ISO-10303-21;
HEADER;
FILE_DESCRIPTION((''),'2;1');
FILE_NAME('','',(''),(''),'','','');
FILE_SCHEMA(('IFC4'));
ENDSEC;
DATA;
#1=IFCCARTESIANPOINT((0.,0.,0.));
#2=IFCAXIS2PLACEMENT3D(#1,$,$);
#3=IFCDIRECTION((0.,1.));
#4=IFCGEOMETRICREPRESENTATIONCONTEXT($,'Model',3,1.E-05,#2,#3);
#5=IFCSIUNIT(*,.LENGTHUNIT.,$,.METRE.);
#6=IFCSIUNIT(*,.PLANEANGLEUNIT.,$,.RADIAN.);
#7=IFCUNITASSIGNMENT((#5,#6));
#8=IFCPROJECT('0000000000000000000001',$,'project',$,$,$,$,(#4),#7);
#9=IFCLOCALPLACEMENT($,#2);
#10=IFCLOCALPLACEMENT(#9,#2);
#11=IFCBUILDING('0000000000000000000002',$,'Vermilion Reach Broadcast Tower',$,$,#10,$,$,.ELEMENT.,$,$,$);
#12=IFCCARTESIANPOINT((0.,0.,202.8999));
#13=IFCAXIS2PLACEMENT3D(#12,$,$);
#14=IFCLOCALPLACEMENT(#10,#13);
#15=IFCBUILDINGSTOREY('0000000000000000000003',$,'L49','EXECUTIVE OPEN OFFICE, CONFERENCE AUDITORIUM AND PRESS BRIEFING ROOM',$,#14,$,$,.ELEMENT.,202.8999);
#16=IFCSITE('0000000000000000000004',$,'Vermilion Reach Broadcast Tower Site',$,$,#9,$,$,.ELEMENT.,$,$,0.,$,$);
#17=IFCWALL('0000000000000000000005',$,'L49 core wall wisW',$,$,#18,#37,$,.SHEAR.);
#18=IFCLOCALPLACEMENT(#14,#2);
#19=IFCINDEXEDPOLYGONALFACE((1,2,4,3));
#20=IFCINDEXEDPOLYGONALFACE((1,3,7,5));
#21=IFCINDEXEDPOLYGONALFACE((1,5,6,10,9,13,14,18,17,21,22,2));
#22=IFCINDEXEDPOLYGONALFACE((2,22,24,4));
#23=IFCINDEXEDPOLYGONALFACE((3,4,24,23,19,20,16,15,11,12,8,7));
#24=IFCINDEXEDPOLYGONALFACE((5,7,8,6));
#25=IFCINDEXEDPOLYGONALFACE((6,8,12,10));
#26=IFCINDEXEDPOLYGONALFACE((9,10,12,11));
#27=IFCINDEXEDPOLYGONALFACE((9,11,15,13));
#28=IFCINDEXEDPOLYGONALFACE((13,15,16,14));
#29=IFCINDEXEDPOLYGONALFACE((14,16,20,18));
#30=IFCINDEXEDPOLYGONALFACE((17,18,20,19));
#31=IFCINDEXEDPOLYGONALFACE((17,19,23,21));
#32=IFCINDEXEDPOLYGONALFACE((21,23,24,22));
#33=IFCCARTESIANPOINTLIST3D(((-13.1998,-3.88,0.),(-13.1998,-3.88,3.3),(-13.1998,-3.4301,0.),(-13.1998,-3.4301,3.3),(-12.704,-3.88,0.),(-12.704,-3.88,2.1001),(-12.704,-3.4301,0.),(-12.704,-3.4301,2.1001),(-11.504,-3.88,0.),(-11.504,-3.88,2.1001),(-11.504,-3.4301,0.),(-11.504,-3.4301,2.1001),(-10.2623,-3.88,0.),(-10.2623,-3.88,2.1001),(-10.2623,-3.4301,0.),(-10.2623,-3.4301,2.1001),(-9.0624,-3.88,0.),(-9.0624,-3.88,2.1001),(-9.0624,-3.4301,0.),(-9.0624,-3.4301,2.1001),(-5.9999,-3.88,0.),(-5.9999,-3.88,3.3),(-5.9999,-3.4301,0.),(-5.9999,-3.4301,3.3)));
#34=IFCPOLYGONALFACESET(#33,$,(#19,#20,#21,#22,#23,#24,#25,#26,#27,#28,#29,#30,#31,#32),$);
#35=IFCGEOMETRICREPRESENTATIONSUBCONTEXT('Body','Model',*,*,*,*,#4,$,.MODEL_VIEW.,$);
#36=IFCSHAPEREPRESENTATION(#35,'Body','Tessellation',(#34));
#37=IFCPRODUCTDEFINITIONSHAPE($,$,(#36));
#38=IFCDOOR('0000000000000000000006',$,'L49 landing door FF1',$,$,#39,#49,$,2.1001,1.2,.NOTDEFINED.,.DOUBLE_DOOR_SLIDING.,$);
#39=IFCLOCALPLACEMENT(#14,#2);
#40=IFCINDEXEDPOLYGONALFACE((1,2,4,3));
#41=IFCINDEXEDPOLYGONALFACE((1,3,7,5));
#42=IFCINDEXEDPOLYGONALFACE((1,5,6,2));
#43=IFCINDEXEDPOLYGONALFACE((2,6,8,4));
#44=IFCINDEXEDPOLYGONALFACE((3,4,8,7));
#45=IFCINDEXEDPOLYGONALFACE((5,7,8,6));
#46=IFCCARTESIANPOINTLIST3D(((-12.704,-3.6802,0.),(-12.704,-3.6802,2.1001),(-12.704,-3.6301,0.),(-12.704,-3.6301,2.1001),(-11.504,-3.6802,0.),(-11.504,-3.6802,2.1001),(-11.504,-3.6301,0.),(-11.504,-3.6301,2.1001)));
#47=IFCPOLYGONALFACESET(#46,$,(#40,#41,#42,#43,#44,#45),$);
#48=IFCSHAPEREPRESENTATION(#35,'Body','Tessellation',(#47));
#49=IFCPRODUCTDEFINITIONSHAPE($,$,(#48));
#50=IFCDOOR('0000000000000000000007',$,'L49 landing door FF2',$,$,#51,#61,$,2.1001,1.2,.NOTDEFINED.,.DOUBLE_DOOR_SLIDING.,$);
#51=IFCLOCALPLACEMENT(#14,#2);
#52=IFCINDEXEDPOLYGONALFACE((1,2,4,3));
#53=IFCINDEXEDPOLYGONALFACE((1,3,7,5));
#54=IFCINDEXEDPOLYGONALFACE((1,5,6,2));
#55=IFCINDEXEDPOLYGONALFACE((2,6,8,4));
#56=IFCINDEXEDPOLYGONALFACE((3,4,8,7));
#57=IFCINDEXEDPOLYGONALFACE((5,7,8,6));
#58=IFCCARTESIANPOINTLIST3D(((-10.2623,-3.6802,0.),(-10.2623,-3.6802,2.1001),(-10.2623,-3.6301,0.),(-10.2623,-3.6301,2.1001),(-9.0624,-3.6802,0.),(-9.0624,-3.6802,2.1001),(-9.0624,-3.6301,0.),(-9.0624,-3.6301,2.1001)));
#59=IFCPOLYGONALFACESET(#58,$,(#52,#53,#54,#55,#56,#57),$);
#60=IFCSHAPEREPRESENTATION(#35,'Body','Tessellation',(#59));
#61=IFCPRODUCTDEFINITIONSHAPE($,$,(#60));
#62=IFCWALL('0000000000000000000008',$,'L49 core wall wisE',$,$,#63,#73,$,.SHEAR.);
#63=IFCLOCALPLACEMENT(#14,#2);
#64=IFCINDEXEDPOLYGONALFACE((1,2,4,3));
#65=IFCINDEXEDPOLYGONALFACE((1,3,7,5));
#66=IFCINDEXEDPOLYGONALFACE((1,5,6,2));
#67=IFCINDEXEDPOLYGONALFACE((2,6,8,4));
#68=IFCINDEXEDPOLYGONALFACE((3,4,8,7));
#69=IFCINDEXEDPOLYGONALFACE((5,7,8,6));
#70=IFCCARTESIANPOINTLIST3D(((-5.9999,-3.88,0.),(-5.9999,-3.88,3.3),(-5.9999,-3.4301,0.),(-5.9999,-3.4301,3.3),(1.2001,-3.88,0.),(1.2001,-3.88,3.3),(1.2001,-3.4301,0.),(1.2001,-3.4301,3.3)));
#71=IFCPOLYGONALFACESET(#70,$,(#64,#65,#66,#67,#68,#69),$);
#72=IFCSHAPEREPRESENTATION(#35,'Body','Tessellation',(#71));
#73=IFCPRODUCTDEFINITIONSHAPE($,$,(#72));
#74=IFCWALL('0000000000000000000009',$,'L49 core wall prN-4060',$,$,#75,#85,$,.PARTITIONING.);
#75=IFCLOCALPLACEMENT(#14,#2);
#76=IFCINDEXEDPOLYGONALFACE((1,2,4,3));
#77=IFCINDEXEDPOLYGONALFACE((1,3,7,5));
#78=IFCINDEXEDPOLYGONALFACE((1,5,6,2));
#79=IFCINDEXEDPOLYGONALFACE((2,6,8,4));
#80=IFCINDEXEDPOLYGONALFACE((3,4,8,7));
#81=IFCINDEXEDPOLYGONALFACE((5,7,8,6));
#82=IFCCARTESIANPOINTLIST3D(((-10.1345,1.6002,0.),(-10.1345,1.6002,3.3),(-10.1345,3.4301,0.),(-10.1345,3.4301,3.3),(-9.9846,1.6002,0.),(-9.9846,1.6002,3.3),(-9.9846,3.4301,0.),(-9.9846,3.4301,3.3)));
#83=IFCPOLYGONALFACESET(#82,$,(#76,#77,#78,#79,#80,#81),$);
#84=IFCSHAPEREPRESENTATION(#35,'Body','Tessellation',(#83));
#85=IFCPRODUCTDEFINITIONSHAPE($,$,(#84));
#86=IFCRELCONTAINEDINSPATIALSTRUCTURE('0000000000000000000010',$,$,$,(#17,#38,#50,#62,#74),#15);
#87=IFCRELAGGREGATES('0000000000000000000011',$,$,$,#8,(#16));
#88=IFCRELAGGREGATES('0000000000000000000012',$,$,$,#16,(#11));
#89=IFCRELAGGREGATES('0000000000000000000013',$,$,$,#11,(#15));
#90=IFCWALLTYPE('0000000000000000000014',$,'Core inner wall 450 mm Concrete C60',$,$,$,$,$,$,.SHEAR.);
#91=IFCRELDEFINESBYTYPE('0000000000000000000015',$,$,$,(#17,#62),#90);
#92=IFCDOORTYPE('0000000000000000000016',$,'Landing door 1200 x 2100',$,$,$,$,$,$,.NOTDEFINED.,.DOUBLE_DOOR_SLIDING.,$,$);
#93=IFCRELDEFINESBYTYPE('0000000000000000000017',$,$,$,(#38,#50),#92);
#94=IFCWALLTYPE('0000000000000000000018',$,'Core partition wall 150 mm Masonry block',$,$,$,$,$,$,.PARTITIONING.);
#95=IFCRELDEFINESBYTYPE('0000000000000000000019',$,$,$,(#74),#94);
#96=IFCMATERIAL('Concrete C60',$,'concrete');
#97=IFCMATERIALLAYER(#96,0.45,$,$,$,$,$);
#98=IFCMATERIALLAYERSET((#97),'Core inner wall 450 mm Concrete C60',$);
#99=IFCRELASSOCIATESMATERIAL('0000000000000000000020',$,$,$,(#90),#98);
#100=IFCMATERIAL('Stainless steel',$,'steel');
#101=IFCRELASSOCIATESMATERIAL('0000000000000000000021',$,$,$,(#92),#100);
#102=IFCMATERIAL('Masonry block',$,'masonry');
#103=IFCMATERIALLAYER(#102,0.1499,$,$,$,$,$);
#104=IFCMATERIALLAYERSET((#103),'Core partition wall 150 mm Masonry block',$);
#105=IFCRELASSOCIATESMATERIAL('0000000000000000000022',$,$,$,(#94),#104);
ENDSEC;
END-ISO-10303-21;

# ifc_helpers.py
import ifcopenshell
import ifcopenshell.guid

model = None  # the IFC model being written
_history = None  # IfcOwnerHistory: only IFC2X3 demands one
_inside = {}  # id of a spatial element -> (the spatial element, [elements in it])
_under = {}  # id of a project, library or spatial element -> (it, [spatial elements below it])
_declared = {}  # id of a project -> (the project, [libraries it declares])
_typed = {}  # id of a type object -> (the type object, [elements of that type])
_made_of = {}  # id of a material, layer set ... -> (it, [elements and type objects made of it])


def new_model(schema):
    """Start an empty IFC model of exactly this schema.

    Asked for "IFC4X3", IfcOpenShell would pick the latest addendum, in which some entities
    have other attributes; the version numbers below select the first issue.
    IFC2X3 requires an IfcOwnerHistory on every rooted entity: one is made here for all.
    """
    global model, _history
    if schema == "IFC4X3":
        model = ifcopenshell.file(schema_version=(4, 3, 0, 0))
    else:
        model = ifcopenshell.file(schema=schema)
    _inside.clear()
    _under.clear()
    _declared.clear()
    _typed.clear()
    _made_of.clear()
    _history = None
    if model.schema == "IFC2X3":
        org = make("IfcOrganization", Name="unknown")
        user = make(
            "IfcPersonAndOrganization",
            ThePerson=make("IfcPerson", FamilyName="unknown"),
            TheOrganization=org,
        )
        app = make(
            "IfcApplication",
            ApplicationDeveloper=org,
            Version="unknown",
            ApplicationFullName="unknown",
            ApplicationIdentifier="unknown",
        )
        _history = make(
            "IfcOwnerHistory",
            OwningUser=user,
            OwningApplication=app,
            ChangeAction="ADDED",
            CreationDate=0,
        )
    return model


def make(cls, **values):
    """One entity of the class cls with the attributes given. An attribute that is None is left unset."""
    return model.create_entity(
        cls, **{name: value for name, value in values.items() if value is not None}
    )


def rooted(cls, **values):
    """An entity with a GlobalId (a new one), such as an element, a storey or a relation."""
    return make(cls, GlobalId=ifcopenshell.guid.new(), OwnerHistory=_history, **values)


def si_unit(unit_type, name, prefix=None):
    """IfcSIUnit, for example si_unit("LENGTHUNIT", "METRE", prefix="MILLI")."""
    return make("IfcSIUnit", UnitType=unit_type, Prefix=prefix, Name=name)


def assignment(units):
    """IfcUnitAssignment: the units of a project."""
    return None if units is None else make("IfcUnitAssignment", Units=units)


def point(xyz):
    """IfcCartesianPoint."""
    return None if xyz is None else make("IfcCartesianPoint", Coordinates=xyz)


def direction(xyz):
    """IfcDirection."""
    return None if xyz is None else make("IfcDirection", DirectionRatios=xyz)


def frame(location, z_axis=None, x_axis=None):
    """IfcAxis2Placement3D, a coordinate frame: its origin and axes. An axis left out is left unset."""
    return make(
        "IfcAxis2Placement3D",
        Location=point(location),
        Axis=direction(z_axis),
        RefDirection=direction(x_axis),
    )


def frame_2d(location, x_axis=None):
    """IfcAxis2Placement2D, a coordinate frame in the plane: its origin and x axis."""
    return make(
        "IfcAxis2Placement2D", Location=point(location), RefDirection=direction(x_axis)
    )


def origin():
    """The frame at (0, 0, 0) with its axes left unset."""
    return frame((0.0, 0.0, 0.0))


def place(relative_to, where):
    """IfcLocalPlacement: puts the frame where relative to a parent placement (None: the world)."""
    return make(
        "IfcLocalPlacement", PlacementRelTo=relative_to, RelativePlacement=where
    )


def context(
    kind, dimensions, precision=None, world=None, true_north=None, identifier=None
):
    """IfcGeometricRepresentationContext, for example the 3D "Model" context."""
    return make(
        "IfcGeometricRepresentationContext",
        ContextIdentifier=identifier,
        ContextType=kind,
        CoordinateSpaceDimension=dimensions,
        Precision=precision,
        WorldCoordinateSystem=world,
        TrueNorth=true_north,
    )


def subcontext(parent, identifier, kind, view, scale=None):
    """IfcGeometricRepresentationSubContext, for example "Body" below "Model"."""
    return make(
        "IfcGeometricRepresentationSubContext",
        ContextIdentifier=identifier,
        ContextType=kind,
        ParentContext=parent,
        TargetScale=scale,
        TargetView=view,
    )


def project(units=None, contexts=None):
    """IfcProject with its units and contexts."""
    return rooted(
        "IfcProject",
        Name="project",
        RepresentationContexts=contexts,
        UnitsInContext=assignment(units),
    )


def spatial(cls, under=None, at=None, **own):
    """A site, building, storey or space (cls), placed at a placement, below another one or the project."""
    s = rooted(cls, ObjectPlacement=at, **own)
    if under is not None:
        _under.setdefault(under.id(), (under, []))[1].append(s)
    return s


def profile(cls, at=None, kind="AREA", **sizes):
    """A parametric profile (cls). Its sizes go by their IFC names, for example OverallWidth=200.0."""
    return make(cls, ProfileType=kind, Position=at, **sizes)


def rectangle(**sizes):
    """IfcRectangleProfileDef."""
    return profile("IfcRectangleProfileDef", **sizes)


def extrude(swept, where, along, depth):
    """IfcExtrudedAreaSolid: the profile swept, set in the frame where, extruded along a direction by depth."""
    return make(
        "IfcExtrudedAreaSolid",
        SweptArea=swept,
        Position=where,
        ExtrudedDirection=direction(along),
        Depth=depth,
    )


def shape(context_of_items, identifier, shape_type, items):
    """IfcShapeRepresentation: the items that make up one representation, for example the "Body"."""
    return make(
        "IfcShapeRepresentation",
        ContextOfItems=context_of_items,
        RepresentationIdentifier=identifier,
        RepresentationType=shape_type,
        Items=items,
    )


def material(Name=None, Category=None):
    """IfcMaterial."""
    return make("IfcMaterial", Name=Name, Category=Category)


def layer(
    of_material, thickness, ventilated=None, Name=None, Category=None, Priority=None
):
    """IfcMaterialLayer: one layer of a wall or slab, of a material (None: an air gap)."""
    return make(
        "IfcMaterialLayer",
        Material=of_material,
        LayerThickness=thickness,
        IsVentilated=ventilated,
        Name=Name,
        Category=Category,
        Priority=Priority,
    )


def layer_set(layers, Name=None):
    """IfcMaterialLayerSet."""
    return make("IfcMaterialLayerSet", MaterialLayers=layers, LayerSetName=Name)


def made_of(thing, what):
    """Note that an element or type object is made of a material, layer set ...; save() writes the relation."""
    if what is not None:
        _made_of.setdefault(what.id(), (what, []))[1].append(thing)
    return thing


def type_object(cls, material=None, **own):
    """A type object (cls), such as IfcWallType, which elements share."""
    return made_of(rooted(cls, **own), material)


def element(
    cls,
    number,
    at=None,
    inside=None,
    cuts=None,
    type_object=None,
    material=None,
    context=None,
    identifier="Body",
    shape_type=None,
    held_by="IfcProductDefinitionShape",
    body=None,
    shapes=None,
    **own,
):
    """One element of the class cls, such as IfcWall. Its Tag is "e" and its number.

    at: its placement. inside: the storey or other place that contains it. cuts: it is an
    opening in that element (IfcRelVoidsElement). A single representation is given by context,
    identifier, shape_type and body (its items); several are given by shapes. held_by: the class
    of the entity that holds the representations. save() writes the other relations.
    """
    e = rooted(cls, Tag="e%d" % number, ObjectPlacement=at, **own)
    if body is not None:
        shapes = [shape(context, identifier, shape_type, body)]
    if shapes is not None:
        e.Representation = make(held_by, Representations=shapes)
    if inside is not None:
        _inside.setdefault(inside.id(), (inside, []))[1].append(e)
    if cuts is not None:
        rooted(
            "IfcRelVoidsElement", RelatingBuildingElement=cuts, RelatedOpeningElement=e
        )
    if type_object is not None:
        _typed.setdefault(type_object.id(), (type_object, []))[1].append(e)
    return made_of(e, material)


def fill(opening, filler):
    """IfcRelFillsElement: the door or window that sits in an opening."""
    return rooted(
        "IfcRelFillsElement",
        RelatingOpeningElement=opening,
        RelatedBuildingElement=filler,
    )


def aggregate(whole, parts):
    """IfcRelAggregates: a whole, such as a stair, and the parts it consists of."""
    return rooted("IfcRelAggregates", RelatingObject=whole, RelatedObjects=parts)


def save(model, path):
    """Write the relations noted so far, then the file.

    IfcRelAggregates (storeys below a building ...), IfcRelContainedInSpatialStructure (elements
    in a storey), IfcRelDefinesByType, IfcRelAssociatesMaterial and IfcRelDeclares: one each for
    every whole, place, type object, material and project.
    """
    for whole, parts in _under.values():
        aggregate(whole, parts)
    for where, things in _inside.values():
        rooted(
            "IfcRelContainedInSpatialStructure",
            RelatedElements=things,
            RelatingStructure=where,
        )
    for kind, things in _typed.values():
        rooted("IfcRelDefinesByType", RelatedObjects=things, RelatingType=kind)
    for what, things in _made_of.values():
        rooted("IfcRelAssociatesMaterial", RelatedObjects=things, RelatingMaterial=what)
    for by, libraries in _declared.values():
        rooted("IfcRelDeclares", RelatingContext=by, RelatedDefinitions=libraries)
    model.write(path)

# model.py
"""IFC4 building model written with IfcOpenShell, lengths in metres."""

from ifc_helpers import new_model, si_unit, direction, frame, frame_2d, origin, place, context, subcontext, project, spatial, rectangle, extrude, material, layer, layer_set, type_object, element, fill, save


model = new_model("IFC4")

# Units and contexts
model_context = context("Model", 3, precision=1e-05, world=origin(), true_north=direction((0.0, 1.0)))
body_context = subcontext(model_context, "Body", "Model", "MODEL_VIEW")
ifc_project = project(units=[si_unit("LENGTHUNIT", "METRE"), si_unit("PLANEANGLEUNIT", "RADIAN")], contexts=[model_context])

# Site, building, storey
site_placement = place(None, origin())
site = spatial("IfcSite", under=ifc_project, at=site_placement, Name="Vermilion Reach Broadcast Tower Site", CompositionType="ELEMENT", RefElevation=0.0)
building_placement = place(site_placement, origin())
building = spatial("IfcBuilding", under=site, at=building_placement, Name="Vermilion Reach Broadcast Tower", CompositionType="ELEMENT")
storey_placement = place(building_placement, frame((0.0, 0.0, 202.8999)))
storey = spatial("IfcBuildingStorey", under=building, at=storey_placement, Name="L49", Description="EXECUTIVE OPEN OFFICE, CONFERENCE AUDITORIUM AND PRESS BRIEFING ROOM", CompositionType="ELEMENT", Elevation=202.8999)

# Wall, openings, doors
ifc_material_1 = material(Name="Concrete C60", Category="concrete")
ifc_layer_1 = layer(ifc_material_1, 0.45)
ifc_layer_set_1 = layer_set([ifc_layer_1], Name="Core inner wall 450 mm Concrete C60")
wall_type_1 = type_object("IfcWallType", Name="Core inner wall 450 mm Concrete C60", PredefinedType="SHEAR", material=ifc_layer_set_1)
wall_1_placement = place(storey_placement, frame((-13.2, -3.655, 0.0), z_axis=(0.0, 0.0, 1.0), x_axis=(1.0, 0.0, 0.0)))
wall_1 = element("IfcWall", 1, at=wall_1_placement, inside=storey, type_object=wall_type_1, Name="L49 core wall wisW", PredefinedType="SHEAR", context=body_context, shape_type="SweptSolid", body=[
    extrude(rectangle(XDim=7.2, YDim=0.45, at=frame_2d((3.6001, 0.0))), origin(), (0.0, 0.0, 1.0), 3.3),
])
opening_1_placement = place(wall_1_placement, frame((0.4958, 0.0, 0.0)))
opening_1 = element("IfcOpeningElement", 2, at=opening_1_placement, cuts=wall_1, PredefinedType="OPENING", context=body_context, shape_type="SweptSolid", body=[
    extrude(rectangle(XDim=1.2, YDim=2.1001, at=frame_2d((0.6001, 1.05))), frame((0.0, 0.2349, 0.0), z_axis=(0.0, -1.0, 0.0), x_axis=(1.0, 0.0, 0.0)), (0.0, 0.0, 1.0), 0.47),
])
opening_2_placement = place(wall_1_placement, frame((2.9375, 0.0, 0.0)))
opening_2 = element("IfcOpeningElement", 3, at=opening_2_placement, cuts=wall_1, PredefinedType="OPENING", context=body_context, shape_type="SweptSolid", body=[
    extrude(rectangle(XDim=1.2, YDim=2.1001, at=frame_2d((0.6001, 1.05))), frame((0.0, 0.2349, 0.0), z_axis=(0.0, -1.0, 0.0), x_axis=(1.0, 0.0, 0.0)), (0.0, 0.0, 1.0), 0.47),
])
ifc_material_2 = material(Name="Stainless steel", Category="steel")
door_type_1 = type_object("IfcDoorType", Name="Landing door 1200 x 2100", OperationType="DOUBLE_DOOR_SLIDING", PredefinedType="NOTDEFINED", material=ifc_material_2)
door_1_placement = place(opening_1_placement, origin())
door_1 = element("IfcDoor", 4, at=door_1_placement, inside=storey, type_object=door_type_1, Name="L49 landing door FF1", OperationType="DOUBLE_DOOR_SLIDING", OverallHeight=2.1001, OverallWidth=1.2, PredefinedType="NOTDEFINED", context=body_context, shape_type="SweptSolid", body=[
    extrude(rectangle(XDim=1.2, YDim=2.1001, at=frame_2d((0.6001, 1.05))), frame((0.0, 0.0249, 0.0), z_axis=(0.0, -1.0, 0.0), x_axis=(1.0, 0.0, 0.0)), (0.0, 0.0, 1.0), 0.05),
])
fill(opening_1, door_1)
door_2_placement = place(opening_2_placement, origin())
door_2 = element("IfcDoor", 5, at=door_2_placement, inside=storey, type_object=door_type_1, Name="L49 landing door FF2", OperationType="DOUBLE_DOOR_SLIDING", OverallHeight=2.1001, OverallWidth=1.2, PredefinedType="NOTDEFINED", context=body_context, shape_type="SweptSolid", body=[
    extrude(rectangle(XDim=1.2, YDim=2.1001, at=frame_2d((0.6001, 1.05))), frame((0.0, 0.0249, 0.0), z_axis=(0.0, -1.0, 0.0), x_axis=(1.0, 0.0, 0.0)), (0.0, 0.0, 1.0), 0.05),
])
fill(opening_2, door_2)

# Walls
wall_2_placement = place(storey_placement, frame((-6.0, -3.655, 0.0), z_axis=(0.0, 0.0, 1.0), x_axis=(1.0, 0.0, 0.0)))
element("IfcWall", 6, at=wall_2_placement, inside=storey, type_object=wall_type_1, Name="L49 core wall wisE", PredefinedType="SHEAR", context=body_context, shape_type="SweptSolid", body=[
    extrude(rectangle(XDim=7.2, YDim=0.45, at=frame_2d((3.6001, 0.0))), origin(), (0.0, 0.0, 1.0), 3.3),
])
ifc_material_3 = material(Name="Masonry block", Category="masonry")
ifc_layer_2 = layer(ifc_material_3, 0.1499)
ifc_layer_set_2 = layer_set([ifc_layer_2], Name="Core partition wall 150 mm Masonry block")
wall_type_2 = type_object("IfcWallType", Name="Core partition wall 150 mm Masonry block", PredefinedType="PARTITIONING", material=ifc_layer_set_2)
wall_3_placement = place(storey_placement, frame((-10.0596, 1.6001, 0.0), z_axis=(0.0, 0.0, 1.0), x_axis=(0.0, 1.0, 0.0)))
element("IfcWall", 7, at=wall_3_placement, inside=storey, type_object=wall_type_2, Name="L49 core wall prN-4060", PredefinedType="PARTITIONING", context=body_context, shape_type="SweptSolid", body=[
    extrude(rectangle(XDim=1.8298, YDim=0.1499, at=frame_2d((0.915, 0.0))), origin(), (0.0, 0.0, 1.0), 3.3),
])

save(model, "model.ifc")
